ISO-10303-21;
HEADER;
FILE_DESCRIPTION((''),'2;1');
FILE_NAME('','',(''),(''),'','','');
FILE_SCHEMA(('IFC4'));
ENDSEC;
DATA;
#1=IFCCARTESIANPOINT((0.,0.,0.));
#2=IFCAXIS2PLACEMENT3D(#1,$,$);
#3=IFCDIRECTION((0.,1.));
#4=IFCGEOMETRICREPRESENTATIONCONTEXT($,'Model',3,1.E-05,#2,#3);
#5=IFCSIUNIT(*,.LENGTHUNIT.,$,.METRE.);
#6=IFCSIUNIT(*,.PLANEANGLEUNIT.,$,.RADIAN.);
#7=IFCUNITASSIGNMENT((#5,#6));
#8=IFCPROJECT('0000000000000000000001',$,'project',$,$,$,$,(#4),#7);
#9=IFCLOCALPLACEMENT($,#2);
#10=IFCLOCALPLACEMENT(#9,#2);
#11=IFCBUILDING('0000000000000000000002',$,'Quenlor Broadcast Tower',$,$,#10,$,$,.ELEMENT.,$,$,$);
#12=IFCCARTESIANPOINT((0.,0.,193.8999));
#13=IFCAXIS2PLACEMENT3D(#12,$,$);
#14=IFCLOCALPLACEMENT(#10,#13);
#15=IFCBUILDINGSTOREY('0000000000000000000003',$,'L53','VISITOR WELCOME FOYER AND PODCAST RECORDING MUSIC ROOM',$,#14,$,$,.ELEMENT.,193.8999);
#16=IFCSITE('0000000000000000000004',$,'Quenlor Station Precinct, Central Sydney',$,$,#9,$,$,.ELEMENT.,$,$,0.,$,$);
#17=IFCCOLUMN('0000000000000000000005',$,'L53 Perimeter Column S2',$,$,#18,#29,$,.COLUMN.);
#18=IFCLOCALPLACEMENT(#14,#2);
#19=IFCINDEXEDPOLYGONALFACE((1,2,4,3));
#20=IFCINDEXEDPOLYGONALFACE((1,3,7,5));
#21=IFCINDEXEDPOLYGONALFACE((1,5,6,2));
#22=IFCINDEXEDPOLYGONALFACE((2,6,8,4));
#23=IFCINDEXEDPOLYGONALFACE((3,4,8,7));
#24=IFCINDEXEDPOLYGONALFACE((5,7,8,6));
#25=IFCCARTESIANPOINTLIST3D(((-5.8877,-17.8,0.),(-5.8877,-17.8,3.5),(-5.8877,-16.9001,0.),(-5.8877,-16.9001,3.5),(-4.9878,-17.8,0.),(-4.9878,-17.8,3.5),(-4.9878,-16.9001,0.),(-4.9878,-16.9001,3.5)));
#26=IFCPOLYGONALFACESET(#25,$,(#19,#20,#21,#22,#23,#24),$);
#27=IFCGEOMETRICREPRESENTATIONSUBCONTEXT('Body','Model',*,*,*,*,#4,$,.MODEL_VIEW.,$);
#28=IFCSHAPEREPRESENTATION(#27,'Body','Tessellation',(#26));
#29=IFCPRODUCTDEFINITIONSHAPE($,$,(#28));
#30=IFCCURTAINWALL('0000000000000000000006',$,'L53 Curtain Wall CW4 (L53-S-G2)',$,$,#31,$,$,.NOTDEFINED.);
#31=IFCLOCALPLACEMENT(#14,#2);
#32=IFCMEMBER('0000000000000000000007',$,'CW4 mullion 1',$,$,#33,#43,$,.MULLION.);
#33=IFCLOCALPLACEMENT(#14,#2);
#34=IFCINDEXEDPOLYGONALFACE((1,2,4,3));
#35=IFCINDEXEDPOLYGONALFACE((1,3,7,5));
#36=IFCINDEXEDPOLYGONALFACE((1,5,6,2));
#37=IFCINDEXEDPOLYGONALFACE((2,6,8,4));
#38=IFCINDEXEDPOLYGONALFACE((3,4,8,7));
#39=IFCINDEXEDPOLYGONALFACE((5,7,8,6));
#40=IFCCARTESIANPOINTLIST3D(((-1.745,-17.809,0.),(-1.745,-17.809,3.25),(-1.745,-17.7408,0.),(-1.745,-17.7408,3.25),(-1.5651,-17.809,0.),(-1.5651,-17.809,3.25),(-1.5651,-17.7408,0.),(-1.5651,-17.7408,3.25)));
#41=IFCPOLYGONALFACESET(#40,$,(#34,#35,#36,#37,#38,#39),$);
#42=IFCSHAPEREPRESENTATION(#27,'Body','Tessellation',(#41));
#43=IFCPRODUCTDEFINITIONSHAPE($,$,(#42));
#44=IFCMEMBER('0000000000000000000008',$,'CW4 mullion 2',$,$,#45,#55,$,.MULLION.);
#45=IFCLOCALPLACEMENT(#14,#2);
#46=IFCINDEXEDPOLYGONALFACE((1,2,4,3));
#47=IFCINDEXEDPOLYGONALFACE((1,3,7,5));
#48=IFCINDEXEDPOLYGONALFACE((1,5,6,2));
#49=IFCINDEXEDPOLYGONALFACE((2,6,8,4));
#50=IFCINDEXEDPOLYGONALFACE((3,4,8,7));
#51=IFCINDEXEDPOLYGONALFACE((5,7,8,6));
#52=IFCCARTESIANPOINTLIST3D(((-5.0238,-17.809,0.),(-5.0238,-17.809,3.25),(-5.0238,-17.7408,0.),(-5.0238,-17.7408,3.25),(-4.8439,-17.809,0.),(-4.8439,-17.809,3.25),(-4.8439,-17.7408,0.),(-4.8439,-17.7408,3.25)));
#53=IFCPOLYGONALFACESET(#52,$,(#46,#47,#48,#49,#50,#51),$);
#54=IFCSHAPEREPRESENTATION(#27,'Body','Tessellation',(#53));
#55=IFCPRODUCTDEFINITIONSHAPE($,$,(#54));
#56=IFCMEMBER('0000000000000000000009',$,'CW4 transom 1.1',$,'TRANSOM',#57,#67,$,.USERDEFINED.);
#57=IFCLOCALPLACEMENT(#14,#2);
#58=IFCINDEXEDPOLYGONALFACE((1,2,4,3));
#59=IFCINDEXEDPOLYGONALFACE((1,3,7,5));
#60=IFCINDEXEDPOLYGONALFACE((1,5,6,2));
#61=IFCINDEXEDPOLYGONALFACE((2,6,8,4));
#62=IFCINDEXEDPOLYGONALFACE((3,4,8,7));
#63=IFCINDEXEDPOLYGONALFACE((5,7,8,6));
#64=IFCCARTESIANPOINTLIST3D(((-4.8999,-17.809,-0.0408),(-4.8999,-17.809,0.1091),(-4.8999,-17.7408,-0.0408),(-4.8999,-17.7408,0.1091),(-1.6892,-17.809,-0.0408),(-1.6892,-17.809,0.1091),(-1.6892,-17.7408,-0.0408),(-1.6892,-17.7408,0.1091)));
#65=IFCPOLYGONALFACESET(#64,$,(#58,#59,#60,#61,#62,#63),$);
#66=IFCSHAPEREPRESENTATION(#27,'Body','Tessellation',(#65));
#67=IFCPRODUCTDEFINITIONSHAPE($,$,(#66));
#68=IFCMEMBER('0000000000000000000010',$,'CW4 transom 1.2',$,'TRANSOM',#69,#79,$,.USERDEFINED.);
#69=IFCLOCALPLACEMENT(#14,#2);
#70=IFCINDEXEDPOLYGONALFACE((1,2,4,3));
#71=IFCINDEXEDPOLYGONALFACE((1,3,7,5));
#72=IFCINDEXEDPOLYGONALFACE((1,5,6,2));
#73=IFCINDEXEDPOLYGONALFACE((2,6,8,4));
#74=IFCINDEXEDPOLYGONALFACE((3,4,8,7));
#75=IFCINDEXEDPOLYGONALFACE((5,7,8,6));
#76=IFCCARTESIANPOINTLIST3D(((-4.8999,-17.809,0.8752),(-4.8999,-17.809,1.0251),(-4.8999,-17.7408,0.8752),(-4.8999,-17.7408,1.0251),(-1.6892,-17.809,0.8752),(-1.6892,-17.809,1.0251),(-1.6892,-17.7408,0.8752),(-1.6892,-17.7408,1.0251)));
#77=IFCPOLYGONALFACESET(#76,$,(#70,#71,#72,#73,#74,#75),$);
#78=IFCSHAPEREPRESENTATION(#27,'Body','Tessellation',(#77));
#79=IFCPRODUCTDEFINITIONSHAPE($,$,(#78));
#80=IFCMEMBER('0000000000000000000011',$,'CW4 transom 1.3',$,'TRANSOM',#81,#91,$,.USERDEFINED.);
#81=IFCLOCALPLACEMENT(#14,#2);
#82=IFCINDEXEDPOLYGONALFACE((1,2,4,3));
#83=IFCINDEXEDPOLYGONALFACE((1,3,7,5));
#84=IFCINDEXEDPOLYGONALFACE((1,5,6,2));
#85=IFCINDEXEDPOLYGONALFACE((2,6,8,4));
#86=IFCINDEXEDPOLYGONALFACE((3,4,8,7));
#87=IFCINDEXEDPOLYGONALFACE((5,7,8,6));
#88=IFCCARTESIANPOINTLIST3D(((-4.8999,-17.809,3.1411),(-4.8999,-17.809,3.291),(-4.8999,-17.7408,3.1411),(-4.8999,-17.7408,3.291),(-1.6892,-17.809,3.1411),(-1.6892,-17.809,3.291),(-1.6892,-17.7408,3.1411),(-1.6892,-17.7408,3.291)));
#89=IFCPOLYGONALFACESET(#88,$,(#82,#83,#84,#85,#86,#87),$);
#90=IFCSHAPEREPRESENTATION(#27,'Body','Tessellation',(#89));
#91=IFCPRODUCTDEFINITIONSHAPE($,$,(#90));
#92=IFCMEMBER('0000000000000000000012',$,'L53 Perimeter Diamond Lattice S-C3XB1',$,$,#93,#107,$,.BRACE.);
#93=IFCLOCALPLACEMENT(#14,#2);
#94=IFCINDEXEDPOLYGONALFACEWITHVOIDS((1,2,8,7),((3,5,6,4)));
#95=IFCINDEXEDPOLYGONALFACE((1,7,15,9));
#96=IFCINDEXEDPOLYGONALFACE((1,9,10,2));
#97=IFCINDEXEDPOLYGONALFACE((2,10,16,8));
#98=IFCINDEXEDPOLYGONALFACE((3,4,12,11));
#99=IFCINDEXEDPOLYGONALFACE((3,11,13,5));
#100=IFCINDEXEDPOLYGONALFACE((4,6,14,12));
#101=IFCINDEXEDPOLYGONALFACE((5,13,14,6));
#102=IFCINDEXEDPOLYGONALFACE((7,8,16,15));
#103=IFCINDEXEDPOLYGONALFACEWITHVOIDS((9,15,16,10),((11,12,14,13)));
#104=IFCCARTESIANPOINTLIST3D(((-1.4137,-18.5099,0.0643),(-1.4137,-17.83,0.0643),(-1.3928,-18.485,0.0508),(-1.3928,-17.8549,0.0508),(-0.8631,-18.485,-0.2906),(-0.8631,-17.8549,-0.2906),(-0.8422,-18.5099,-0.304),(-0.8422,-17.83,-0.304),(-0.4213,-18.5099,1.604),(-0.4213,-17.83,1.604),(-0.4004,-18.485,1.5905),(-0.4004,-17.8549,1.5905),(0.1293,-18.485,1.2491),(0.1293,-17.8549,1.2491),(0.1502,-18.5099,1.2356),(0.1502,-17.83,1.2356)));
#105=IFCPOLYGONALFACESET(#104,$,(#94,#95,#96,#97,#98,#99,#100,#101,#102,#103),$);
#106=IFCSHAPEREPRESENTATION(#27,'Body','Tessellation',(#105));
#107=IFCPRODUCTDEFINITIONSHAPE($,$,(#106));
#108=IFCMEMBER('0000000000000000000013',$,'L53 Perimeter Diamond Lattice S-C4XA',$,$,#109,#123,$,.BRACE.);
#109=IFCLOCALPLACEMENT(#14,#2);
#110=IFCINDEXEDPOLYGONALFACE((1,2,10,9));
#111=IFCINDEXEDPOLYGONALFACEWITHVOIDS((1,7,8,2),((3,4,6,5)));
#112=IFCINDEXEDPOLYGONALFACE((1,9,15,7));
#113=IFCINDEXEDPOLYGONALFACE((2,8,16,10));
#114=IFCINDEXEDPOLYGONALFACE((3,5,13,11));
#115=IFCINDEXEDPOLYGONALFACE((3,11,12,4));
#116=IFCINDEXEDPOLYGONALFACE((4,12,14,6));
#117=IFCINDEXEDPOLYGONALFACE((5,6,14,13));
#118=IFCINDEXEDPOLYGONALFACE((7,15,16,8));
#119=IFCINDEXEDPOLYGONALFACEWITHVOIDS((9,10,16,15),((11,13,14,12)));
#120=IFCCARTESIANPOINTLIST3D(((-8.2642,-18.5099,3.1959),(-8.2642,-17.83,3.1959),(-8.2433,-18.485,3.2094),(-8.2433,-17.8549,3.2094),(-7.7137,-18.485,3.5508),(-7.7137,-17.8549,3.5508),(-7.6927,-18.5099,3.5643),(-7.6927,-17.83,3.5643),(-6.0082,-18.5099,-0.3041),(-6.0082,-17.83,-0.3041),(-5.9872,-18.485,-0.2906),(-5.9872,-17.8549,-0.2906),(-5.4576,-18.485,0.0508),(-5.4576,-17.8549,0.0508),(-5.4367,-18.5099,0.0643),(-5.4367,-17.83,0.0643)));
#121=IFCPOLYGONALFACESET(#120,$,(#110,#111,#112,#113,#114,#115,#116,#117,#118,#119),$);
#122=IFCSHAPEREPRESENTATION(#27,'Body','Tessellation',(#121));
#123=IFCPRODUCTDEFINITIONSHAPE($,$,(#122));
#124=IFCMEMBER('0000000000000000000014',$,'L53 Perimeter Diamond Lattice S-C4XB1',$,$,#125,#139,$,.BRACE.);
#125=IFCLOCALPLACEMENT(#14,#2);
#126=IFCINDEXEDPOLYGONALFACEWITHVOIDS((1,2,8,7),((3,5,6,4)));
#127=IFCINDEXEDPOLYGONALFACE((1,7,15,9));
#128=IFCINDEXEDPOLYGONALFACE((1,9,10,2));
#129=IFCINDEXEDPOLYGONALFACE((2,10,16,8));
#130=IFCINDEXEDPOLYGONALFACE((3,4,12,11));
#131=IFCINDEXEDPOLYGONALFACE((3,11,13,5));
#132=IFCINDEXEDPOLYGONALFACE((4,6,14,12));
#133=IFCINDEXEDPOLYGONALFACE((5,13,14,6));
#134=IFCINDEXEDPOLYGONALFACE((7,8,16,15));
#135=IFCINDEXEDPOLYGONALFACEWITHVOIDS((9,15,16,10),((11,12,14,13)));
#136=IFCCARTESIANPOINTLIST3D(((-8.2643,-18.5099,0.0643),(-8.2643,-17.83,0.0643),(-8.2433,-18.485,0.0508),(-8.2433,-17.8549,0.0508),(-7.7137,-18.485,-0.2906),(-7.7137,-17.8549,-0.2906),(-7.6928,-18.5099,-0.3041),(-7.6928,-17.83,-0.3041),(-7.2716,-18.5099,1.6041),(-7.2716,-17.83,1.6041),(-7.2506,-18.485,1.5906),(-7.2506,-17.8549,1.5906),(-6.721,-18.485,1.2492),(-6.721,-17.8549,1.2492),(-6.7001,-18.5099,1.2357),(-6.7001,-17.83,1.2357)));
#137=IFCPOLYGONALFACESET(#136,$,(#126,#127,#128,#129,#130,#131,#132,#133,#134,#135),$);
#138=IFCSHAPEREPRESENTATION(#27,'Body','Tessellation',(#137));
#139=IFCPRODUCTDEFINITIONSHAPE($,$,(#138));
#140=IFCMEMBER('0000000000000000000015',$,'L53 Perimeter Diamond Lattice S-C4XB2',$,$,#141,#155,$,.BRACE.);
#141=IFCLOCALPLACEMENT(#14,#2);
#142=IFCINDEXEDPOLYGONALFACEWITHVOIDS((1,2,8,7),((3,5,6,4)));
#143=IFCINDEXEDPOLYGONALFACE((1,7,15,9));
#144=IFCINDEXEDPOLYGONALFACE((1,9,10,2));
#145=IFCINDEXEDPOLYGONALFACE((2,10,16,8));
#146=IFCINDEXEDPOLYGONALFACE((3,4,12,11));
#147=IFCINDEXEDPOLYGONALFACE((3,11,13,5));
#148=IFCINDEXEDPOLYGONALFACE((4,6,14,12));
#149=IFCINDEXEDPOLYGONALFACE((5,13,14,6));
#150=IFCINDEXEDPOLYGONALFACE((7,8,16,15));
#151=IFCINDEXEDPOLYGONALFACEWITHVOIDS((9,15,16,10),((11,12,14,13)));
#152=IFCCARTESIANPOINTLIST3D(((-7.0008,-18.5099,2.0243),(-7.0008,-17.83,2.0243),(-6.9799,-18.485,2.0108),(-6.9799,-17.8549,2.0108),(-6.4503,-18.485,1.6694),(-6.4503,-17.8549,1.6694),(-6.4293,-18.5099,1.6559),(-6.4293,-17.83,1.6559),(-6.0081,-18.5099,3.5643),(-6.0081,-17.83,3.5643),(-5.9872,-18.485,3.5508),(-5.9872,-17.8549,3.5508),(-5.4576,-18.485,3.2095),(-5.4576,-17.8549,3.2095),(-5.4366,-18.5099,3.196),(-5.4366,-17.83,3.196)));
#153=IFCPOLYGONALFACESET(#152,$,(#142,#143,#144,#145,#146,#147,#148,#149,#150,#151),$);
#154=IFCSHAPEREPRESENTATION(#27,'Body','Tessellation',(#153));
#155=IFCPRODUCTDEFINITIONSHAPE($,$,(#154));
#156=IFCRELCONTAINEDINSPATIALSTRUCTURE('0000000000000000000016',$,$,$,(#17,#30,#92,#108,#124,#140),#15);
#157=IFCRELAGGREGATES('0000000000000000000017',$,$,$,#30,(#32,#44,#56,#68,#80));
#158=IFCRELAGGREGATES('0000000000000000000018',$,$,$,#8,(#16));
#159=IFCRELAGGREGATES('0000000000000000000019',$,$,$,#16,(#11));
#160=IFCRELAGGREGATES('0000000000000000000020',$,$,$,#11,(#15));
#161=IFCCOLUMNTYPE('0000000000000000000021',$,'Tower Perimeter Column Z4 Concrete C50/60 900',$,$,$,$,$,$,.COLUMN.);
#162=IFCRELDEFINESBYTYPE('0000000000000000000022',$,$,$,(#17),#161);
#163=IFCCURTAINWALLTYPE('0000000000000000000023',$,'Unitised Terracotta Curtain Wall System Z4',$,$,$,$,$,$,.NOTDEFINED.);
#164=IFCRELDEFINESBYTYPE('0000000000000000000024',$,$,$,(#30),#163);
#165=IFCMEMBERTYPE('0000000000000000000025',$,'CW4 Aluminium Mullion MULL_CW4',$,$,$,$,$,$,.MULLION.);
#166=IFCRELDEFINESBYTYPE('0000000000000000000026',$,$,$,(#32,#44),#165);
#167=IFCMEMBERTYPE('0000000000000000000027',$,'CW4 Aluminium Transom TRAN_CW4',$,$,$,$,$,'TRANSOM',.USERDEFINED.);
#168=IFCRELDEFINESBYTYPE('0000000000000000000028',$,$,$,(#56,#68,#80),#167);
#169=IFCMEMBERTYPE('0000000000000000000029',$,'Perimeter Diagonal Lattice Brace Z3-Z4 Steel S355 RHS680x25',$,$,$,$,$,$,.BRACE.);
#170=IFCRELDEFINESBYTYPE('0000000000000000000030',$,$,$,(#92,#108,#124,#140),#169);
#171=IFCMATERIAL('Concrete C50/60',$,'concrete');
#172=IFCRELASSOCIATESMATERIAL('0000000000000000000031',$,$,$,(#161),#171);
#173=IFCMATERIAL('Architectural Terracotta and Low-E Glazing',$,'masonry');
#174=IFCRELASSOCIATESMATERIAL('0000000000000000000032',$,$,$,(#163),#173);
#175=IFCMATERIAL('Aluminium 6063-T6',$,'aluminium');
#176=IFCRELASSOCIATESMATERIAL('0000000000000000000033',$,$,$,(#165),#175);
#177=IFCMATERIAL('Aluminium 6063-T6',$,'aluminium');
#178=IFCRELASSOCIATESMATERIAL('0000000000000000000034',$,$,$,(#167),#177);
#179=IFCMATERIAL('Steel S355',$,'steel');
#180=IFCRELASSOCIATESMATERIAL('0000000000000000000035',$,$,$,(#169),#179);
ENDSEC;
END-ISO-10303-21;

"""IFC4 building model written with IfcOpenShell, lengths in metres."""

from ifc_helpers import new_model, si_unit, direction, frame, origin, origin_2d, place, context, subcontext, project, spatial, rectangle, hollow_rectangle, extrude, material, material_profile, profile_set, type_object, element, aggregate, save


model = new_model("IFC4")

# Units and contexts
model_context = context("Model", 3, precision=1e-05, world=origin(), true_north=direction((0.0, 1.0)))
body_context = subcontext(model_context, "Body", "Model", "MODEL_VIEW")
ifc_project = project(units=[si_unit("LENGTHUNIT", "METRE"), si_unit("PLANEANGLEUNIT", "RADIAN")], contexts=[model_context])

# Site, building, storey
site_placement = place(None, origin())
site = spatial("IfcSite", under=ifc_project, at=site_placement, Name="Quenlor Station Precinct, Central Sydney", CompositionType="ELEMENT", RefElevation=0.0)
building_placement = place(site_placement, origin())
building = spatial("IfcBuilding", under=site, at=building_placement, Name="Quenlor Broadcast Tower", CompositionType="ELEMENT")
storey_placement = place(building_placement, frame((0.0, 0.0, 193.8999)))
storey = spatial("IfcBuildingStorey", under=building, at=storey_placement, Name="L53", Description="VISITOR WELCOME FOYER AND PODCAST RECORDING MUSIC ROOM", CompositionType="ELEMENT", Elevation=193.8999)

# Column
ifc_material_1 = material(Name="Concrete C50/60", Category="concrete")
ifc_material_profile_1 = material_profile(ifc_material_1, rectangle(XDim=0.8999, YDim=0.8999, at=origin_2d()))
ifc_profile_set_1 = profile_set([ifc_material_profile_1], Name="Concrete C50/60 RC900x900")
column_type = type_object("IfcColumnType", Name="Tower Perimeter Column Z4 Concrete C50/60 900", PredefinedType="COLUMN", material=ifc_profile_set_1)
column_placement = place(storey_placement, frame((-5.4377, -17.3501, 0.0), z_axis=(0.0, 0.0, 1.0), x_axis=(0.0, 1.0, 0.0)))
element("IfcColumn", 1, at=column_placement, inside=storey, type_object=column_type, Name="L53 Perimeter Column S2", PredefinedType="COLUMN", context=body_context, shape_type="SweptSolid", body=[
    extrude(rectangle(XDim=0.8999, YDim=0.8999, at=origin_2d()), origin(), (0.0, 0.0, 1.0), 3.5),
])

# Curtain wall, members
ifc_material_2 = material(Name="Architectural Terracotta and Low-E Glazing", Category="masonry")
curtain_wall_type = type_object("IfcCurtainWallType", Name="Unitised Terracotta Curtain Wall System Z4", PredefinedType="NOTDEFINED", material=ifc_material_2)
curtain_wall_placement = place(storey_placement, origin())
curtain_wall = element("IfcCurtainWall", 2, at=curtain_wall_placement, inside=storey, type_object=curtain_wall_type, Name="L53 Curtain Wall CW4 (L53-S-G2)", PredefinedType="NOTDEFINED")
ifc_material_3 = material(Name="Aluminium 6063-T6", Category="aluminium")
ifc_material_profile_2 = material_profile(ifc_material_3, rectangle(XDim=0.0681, YDim=0.1799, at=origin_2d()))
ifc_profile_set_2 = profile_set([ifc_material_profile_2], Name="Aluminium 6063-T6 MULL68x180")
member_type_1 = type_object("IfcMemberType", Name="CW4 Aluminium Mullion MULL_CW4", PredefinedType="MULLION", material=ifc_profile_set_2)
member_1_placement = place(storey_placement, frame((-1.655, -17.7749, 0.0), z_axis=(0.0, 0.0, 1.0), x_axis=(0.0, -1.0, 0.0)))
member_1 = element("IfcMember", 3, at=member_1_placement, type_object=member_type_1, Name="CW4 mullion 1", PredefinedType="MULLION", context=body_context, shape_type="SweptSolid", body=[
    extrude(rectangle(XDim=0.0681, YDim=0.1799, at=origin_2d()), origin(), (0.0, 0.0, 1.0), 3.25),
])
member_2_placement = place(storey_placement, frame((-4.9338, -17.7749, 0.0), z_axis=(0.0, 0.0, 1.0), x_axis=(0.0, -1.0, 0.0)))
member_2 = element("IfcMember", 4, at=member_2_placement, type_object=member_type_1, Name="CW4 mullion 2", PredefinedType="MULLION", context=body_context, shape_type="SweptSolid", body=[
    extrude(rectangle(XDim=0.0681, YDim=0.1799, at=origin_2d()), origin(), (0.0, 0.0, 1.0), 3.25),
])
ifc_material_4 = material(Name="Aluminium 6063-T6", Category="aluminium")
ifc_material_profile_3 = material_profile(ifc_material_4, rectangle(XDim=0.0681, YDim=0.1499, at=origin_2d()))
ifc_profile_set_3 = profile_set([ifc_material_profile_3], Name="Aluminium 6063-T6 TRAN68x150")
member_type_2 = type_object("IfcMemberType", Name="CW4 Aluminium Transom TRAN_CW4", ElementType="TRANSOM", PredefinedType="USERDEFINED", material=ifc_profile_set_3)
member_3_placement = place(storey_placement, frame((-1.6892, -17.7749, 0.0342), z_axis=(-1.0, 0.0, 0.0), x_axis=(0.0, -1.0, 0.0)))
member_3 = element("IfcMember", 5, at=member_3_placement, type_object=member_type_2, Name="CW4 transom 1.1", ObjectType="TRANSOM", PredefinedType="USERDEFINED", context=body_context, shape_type="SweptSolid", body=[
    extrude(rectangle(XDim=0.0681, YDim=0.1499, at=origin_2d()), origin(), (0.0, 0.0, 1.0), 3.2107),
])
member_4_placement = place(storey_placement, frame((-1.6892, -17.7749, 0.9502), z_axis=(-1.0, 0.0, 0.0), x_axis=(0.0, -1.0, 0.0)))
member_4 = element("IfcMember", 6, at=member_4_placement, type_object=member_type_2, Name="CW4 transom 1.2", ObjectType="TRANSOM", PredefinedType="USERDEFINED", context=body_context, shape_type="SweptSolid", body=[
    extrude(rectangle(XDim=0.0681, YDim=0.1499, at=origin_2d()), origin(), (0.0, 0.0, 1.0), 3.2107),
])
member_5_placement = place(storey_placement, frame((-1.6892, -17.7749, 3.2161), z_axis=(-1.0, 0.0, 0.0), x_axis=(0.0, -1.0, 0.0)))
member_5 = element("IfcMember", 7, at=member_5_placement, type_object=member_type_2, Name="CW4 transom 1.3", ObjectType="TRANSOM", PredefinedType="USERDEFINED", context=body_context, shape_type="SweptSolid", body=[
    extrude(rectangle(XDim=0.0681, YDim=0.1499, at=origin_2d()), origin(), (0.0, 0.0, 1.0), 3.2107),
])

# Members
ifc_material_5 = material(Name="Steel S355", Category="steel")
ifc_material_profile_4 = material_profile(ifc_material_5, hollow_rectangle(XDim=0.6799, YDim=0.6799, WallThickness=0.0249, at=origin_2d()))
ifc_profile_set_4 = profile_set([ifc_material_profile_4], Name="Steel S355 RHS680x680x25")
member_type_3 = type_object("IfcMemberType", Name="Perimeter Diagonal Lattice Brace Z3-Z4 Steel S355 RHS680x25", PredefinedType="BRACE", material=ifc_profile_set_4)
member_6_placement = place(storey_placement, frame((-1.1279, -18.1699, -0.1199), z_axis=(0.541747, 0.0, 0.840541), x_axis=(0.0, 1.0, 0.0)))
element("IfcMember", 8, at=member_6_placement, inside=storey, type_object=member_type_3, Name="L53 Perimeter Diamond Lattice S-C3XB1", PredefinedType="BRACE", context=body_context, shape_type="SweptSolid", body=[
    extrude(hollow_rectangle(XDim=0.6799, YDim=0.6799, WallThickness=0.0249, at=origin_2d()), origin(), (0.0, 0.0, 1.0), 1.8318),
])
member_7_placement = place(storey_placement, frame((-5.7224, -18.1699, -0.1199), z_axis=(-0.541794, 0.0, 0.840511), x_axis=(0.0, -1.0, 0.0)))
element("IfcMember", 9, at=member_7_placement, inside=storey, type_object=member_type_3, Name="L53 Perimeter Diamond Lattice S-C4XA", PredefinedType="BRACE", context=body_context, shape_type="SweptSolid", body=[
    extrude(hollow_rectangle(XDim=0.6799, YDim=0.6799, WallThickness=0.0249, at=origin_2d()), origin(), (0.0, 0.0, 1.0), 4.1641),
])
member_8_placement = place(storey_placement, frame((-7.9785, -18.1699, -0.1199), z_axis=(0.541842, 0.0, 0.840481), x_axis=(0.0, 1.0, 0.0)))
element("IfcMember", 10, at=member_8_placement, inside=storey, type_object=member_type_3, Name="L53 Perimeter Diamond Lattice S-C4XB1", PredefinedType="BRACE", context=body_context, shape_type="SweptSolid", body=[
    extrude(hollow_rectangle(XDim=0.6799, YDim=0.6799, WallThickness=0.0249, at=origin_2d()), origin(), (0.0, 0.0, 1.0), 1.832),
])
member_9_placement = place(storey_placement, frame((-6.7151, -18.1699, 1.8401), z_axis=(0.541781, 0.0, 0.84052), x_axis=(0.0, 1.0, 0.0)))
element("IfcMember", 11, at=member_9_placement, inside=storey, type_object=member_type_3, Name="L53 Perimeter Diamond Lattice S-C4XB2", PredefinedType="BRACE", context=body_context, shape_type="SweptSolid", body=[
    extrude(hollow_rectangle(XDim=0.6799, YDim=0.6799, WallThickness=0.0249, at=origin_2d()), origin(), (0.0, 0.0, 1.0), 1.8323),
])

aggregate(curtain_wall, [member_1, member_2, member_3, member_4, member_5])

save(model, "model.ifc")
